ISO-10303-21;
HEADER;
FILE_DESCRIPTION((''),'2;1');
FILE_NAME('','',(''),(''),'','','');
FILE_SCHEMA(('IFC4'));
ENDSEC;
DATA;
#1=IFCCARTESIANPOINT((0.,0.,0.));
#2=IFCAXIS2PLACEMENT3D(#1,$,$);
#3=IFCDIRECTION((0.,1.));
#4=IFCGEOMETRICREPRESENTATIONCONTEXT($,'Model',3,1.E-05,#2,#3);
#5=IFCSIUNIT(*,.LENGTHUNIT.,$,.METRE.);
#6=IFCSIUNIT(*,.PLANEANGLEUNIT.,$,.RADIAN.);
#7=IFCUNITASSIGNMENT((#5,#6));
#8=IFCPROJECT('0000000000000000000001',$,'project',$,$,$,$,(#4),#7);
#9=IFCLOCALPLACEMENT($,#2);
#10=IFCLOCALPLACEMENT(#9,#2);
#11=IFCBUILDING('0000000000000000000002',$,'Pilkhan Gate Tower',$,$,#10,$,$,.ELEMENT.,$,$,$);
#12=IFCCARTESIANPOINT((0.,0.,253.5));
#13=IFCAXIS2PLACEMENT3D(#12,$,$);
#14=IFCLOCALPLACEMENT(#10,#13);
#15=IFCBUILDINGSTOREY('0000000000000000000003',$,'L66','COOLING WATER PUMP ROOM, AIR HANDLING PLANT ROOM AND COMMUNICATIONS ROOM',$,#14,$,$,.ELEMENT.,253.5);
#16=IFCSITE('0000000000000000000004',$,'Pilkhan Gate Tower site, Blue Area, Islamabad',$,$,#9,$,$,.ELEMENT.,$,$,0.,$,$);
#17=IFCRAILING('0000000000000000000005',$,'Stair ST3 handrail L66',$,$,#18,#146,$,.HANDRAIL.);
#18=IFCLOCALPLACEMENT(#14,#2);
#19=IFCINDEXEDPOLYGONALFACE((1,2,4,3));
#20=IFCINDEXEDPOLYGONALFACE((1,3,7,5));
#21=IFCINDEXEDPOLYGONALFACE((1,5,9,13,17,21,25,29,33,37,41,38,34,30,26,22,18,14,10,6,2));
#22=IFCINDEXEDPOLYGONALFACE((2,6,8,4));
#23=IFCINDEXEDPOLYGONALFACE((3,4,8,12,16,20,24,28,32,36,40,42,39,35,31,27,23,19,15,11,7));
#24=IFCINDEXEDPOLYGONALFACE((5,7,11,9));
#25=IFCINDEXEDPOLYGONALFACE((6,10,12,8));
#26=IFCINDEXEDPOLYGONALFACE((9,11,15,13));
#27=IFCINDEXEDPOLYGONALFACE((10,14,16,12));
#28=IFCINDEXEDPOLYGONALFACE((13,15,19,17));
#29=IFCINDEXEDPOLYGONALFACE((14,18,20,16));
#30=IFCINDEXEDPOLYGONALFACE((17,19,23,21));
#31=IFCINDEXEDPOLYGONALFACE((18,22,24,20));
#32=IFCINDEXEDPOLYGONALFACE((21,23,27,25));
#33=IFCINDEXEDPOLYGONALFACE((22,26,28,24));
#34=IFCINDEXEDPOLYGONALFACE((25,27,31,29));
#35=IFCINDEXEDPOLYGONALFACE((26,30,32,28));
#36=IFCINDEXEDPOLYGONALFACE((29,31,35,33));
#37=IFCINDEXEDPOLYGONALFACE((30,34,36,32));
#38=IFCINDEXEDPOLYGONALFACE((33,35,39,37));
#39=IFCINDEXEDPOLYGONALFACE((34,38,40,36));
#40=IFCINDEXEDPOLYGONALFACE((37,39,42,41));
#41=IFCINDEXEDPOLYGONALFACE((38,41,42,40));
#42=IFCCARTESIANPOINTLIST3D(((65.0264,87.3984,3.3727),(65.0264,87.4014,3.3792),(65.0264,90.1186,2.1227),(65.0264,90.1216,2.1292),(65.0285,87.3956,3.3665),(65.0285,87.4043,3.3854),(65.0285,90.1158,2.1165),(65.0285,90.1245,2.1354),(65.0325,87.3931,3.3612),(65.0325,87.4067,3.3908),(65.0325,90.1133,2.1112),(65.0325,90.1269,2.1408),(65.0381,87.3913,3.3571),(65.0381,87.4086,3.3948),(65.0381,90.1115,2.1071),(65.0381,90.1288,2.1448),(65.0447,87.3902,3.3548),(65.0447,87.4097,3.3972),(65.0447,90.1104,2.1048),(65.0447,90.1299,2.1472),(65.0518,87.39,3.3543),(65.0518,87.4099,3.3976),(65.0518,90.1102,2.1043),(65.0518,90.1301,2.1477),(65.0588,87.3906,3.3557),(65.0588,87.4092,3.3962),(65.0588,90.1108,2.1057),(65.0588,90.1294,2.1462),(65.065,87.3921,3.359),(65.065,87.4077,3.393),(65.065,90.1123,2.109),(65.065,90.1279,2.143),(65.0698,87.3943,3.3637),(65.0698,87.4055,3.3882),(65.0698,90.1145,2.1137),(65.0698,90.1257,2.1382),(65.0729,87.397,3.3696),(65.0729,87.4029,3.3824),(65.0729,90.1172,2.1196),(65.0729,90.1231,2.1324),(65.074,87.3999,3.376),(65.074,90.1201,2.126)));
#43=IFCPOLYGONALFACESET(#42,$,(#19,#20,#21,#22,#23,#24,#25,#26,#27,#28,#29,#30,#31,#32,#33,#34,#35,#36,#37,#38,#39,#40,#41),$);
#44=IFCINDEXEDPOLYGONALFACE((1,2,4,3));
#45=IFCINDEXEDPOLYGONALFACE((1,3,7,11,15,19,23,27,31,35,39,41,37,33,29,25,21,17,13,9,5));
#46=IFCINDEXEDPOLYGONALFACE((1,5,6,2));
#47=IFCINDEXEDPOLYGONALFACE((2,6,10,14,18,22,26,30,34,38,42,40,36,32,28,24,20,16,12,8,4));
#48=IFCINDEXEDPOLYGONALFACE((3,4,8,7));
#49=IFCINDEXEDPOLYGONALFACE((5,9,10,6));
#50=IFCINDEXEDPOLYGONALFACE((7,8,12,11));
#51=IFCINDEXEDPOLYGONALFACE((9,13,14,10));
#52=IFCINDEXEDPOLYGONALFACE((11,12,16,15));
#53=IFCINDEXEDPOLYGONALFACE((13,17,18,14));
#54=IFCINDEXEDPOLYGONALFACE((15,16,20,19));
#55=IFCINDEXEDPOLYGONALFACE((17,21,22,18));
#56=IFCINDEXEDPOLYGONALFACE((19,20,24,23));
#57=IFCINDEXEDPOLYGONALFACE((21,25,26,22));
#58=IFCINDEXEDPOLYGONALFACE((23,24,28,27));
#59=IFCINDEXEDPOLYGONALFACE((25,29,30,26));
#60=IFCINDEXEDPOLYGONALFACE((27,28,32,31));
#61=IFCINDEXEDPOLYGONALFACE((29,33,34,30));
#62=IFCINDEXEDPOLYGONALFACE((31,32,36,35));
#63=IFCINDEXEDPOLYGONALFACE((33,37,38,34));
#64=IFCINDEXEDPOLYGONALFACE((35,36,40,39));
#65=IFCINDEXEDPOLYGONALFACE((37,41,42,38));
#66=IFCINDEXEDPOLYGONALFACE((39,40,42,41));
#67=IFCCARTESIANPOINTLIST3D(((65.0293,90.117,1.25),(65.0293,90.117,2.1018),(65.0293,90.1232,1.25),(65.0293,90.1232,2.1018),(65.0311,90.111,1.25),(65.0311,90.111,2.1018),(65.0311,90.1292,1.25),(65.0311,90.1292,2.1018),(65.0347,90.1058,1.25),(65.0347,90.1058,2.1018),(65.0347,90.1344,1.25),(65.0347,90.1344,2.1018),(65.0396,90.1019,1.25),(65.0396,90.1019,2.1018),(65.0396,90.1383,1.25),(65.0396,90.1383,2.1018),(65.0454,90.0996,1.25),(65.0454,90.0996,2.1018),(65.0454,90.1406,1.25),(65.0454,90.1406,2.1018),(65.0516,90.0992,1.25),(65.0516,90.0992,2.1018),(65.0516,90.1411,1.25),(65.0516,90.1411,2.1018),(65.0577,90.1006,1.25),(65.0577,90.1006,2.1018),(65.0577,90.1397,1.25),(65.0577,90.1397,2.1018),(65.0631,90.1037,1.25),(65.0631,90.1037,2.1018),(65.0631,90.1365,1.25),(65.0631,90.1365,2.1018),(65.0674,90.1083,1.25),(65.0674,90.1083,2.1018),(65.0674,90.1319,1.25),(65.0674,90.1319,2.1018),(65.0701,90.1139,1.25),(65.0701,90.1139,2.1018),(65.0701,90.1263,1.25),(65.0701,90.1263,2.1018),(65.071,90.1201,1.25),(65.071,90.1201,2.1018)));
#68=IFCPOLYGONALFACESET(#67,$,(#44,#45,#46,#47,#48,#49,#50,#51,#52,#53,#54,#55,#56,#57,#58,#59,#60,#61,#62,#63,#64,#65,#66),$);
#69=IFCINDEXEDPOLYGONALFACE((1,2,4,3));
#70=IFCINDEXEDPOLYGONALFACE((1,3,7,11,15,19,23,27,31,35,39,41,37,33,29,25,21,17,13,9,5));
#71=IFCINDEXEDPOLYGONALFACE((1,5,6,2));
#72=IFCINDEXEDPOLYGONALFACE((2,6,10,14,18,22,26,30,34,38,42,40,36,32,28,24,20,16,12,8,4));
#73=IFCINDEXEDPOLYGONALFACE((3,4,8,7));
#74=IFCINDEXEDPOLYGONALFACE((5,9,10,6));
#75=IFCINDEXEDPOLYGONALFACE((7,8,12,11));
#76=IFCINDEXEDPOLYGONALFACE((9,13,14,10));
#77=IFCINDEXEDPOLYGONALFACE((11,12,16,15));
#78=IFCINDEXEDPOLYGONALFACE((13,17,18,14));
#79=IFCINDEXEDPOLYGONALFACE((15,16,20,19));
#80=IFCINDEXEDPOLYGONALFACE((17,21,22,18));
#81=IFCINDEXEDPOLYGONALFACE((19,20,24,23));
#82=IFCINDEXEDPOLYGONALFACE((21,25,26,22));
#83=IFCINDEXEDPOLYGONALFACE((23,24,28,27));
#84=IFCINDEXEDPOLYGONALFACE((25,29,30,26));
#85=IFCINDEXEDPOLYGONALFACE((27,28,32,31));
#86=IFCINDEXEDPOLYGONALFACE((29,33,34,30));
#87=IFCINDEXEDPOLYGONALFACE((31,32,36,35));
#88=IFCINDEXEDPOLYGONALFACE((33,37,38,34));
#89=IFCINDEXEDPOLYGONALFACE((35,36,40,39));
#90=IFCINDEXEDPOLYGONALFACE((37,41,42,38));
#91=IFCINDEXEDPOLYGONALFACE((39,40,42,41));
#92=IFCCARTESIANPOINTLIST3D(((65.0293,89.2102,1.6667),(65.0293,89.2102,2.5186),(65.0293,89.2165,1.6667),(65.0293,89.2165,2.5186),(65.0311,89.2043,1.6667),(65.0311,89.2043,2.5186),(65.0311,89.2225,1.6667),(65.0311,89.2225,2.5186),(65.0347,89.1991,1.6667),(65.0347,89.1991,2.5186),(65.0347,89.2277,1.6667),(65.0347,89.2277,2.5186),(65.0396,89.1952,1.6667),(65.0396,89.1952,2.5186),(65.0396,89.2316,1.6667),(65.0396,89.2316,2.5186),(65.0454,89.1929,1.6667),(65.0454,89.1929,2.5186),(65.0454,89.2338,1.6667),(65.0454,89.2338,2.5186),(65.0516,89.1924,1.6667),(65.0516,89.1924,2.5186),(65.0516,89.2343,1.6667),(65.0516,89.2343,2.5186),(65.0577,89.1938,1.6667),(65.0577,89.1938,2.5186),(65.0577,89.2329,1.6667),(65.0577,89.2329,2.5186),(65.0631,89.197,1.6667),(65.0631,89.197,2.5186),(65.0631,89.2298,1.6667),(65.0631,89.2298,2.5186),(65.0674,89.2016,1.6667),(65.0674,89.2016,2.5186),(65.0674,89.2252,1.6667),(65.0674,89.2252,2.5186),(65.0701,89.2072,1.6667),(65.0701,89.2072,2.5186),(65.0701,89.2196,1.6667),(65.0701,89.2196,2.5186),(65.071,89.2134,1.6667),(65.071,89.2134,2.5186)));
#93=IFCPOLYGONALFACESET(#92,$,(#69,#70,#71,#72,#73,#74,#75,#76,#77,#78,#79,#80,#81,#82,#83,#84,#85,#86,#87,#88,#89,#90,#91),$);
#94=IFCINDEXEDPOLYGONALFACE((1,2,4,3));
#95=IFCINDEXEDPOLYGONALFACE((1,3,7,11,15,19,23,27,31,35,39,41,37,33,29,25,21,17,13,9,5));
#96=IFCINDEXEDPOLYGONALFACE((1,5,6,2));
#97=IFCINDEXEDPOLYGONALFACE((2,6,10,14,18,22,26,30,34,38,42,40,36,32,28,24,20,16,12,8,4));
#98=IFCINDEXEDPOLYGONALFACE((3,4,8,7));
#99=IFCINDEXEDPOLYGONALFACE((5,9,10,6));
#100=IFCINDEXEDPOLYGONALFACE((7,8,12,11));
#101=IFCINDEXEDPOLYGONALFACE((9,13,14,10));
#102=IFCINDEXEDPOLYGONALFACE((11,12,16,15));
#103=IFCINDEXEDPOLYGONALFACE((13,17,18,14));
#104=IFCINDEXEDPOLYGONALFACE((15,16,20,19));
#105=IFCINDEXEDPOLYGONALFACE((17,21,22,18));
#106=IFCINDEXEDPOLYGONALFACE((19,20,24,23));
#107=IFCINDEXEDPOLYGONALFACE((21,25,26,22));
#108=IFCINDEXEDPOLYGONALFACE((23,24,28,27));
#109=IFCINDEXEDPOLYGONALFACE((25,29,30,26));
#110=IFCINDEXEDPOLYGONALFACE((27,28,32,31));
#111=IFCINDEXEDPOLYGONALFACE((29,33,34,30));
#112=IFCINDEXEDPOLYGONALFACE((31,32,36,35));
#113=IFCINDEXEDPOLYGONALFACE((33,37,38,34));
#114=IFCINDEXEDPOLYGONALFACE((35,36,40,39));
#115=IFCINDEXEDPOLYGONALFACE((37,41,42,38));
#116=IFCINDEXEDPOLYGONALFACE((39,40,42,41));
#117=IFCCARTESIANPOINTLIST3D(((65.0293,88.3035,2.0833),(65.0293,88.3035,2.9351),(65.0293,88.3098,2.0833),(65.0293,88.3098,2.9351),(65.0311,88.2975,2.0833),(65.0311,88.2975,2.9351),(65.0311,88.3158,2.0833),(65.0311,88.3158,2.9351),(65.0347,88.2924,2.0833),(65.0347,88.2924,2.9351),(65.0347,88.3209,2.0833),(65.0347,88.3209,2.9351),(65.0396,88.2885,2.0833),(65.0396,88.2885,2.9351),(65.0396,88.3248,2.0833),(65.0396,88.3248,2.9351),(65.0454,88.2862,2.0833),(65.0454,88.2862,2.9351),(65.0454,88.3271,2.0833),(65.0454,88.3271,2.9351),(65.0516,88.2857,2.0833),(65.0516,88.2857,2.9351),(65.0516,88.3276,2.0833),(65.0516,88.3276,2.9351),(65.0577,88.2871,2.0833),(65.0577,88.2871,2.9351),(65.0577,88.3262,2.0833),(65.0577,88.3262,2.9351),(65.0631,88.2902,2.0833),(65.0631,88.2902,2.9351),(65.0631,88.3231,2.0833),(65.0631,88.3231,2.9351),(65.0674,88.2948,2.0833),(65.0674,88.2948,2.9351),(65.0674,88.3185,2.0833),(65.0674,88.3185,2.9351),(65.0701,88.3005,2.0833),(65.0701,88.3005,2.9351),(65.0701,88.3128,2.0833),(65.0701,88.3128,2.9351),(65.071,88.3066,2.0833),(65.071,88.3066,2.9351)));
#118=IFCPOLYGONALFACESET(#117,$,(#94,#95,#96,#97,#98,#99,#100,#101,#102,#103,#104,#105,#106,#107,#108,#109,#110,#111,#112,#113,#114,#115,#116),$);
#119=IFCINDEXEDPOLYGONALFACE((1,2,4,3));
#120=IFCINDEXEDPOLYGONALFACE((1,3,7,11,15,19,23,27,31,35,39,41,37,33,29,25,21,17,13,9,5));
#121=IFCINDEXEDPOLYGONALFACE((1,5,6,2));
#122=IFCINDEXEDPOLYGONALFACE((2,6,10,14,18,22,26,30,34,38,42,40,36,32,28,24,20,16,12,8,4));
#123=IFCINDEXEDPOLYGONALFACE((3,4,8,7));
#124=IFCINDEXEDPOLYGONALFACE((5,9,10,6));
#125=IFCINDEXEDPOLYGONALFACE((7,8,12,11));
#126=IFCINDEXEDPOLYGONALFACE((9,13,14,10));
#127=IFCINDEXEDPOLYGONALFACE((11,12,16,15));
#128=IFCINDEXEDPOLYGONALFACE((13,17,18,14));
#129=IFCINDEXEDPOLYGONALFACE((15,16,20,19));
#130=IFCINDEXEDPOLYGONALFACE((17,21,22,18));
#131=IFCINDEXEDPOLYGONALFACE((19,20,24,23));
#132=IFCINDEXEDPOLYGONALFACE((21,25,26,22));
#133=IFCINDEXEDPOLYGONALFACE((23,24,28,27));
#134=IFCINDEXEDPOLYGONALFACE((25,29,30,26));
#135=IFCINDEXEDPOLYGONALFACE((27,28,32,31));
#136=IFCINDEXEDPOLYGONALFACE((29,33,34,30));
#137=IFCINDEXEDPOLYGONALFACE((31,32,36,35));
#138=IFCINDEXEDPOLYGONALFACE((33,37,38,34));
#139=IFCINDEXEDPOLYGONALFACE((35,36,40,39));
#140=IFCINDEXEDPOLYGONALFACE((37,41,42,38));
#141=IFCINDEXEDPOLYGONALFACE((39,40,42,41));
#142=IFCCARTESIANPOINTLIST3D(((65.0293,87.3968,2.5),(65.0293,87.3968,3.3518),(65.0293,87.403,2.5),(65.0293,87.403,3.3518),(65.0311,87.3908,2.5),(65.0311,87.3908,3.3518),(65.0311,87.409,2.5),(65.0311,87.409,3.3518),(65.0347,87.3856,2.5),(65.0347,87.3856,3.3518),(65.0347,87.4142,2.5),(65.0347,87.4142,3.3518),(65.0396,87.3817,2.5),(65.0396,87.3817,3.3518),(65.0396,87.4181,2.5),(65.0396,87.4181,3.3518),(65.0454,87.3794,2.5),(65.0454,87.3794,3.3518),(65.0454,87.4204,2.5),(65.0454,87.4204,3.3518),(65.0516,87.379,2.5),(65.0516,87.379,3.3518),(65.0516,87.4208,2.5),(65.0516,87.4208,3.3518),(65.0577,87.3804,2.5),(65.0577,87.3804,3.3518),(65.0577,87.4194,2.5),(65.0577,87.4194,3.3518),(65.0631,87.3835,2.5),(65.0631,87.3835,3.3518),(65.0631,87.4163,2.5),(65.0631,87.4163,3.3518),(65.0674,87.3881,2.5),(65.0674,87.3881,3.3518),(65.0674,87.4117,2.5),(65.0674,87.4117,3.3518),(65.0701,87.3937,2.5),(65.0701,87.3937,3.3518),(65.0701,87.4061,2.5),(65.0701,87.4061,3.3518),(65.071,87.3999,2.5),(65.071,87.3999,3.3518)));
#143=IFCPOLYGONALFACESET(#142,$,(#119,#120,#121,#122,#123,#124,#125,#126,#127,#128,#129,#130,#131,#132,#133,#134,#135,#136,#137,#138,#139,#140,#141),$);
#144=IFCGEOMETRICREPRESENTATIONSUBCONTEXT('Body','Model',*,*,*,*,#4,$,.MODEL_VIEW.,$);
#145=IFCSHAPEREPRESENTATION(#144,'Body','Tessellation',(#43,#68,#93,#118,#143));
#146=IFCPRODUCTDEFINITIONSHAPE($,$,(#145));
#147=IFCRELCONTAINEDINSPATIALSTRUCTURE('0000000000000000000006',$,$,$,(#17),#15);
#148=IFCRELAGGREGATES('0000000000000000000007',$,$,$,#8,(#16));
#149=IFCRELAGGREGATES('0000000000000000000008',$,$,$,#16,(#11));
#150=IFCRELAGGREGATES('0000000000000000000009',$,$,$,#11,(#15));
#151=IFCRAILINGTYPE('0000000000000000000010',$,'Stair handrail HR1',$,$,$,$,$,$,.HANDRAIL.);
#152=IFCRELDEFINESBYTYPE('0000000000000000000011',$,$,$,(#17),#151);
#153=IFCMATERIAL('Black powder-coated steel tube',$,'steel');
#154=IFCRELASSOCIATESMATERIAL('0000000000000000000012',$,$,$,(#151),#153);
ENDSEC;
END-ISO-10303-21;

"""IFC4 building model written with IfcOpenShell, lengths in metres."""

from ifc_helpers import new_model, si_unit, direction, frame, origin, origin_2d, place, context, subcontext, project, spatial, circle, extrude, material, type_object, element, save


model = new_model("IFC4")

# Units and contexts
model_context = context("Model", 3, precision=1e-05, world=origin(), true_north=direction((0.0, 1.0)))
body_context = subcontext(model_context, "Body", "Model", "MODEL_VIEW")
ifc_project = project(units=[si_unit("LENGTHUNIT", "METRE"), si_unit("PLANEANGLEUNIT", "RADIAN")], contexts=[model_context])

# Site, building, storey
site_placement = place(None, origin())
site = spatial("IfcSite", under=ifc_project, at=site_placement, Name="Pilkhan Gate Tower site, Blue Area, Islamabad", CompositionType="ELEMENT", RefElevation=0.0)
building_placement = place(site_placement, origin())
building = spatial("IfcBuilding", under=site, at=building_placement, Name="Pilkhan Gate Tower", CompositionType="ELEMENT")
storey_placement = place(building_placement, frame((0.0, 0.0, 253.5)))
storey = spatial("IfcBuildingStorey", under=building, at=storey_placement, Name="L66", Description="COOLING WATER PUMP ROOM, AIR HANDLING PLANT ROOM AND COMMUNICATIONS ROOM", CompositionType="ELEMENT", Elevation=253.5)

# Railing
ifc_material_1 = material(Name="Black powder-coated steel tube", Category="steel")
railing_type_1 = type_object("IfcRailingType", Name="Stair handrail HR1", PredefinedType="HANDRAIL", material=ifc_material_1)
railing_1_placement = place(storey_placement, frame((65.05, 90.1201, 1.25)))
element("IfcRailing", 1, at=railing_1_placement, inside=storey, type_object=railing_type_1, Name="Stair ST3 handrail L66", PredefinedType="HANDRAIL", context=body_context, shape_type="SweptSolid", body=[
    extrude(circle(Radius=0.0239, at=origin_2d()), frame((0.0, 0.0, 0.876), z_axis=(0.0, -0.908655, 0.417547), x_axis=(1.0, 0.0, 0.0)), (0.0, 0.0, 1.0), 2.9937),
    extrude(circle(Radius=0.021, at=origin_2d()), origin(), (0.0, 0.0, 1.0), 0.8518),
    extrude(circle(Radius=0.021, at=origin_2d()), frame((0.0, -0.9067, 0.4167)), (0.0, 0.0, 1.0), 0.8518),
    extrude(circle(Radius=0.021, at=origin_2d()), frame((0.0, -1.8135, 0.8333)), (0.0, 0.0, 1.0), 0.8518),
    extrude(circle(Radius=0.021, at=origin_2d()), frame((0.0, -2.7202, 1.25)), (0.0, 0.0, 1.0), 0.8518),
])

save(model, "model.ifc")
